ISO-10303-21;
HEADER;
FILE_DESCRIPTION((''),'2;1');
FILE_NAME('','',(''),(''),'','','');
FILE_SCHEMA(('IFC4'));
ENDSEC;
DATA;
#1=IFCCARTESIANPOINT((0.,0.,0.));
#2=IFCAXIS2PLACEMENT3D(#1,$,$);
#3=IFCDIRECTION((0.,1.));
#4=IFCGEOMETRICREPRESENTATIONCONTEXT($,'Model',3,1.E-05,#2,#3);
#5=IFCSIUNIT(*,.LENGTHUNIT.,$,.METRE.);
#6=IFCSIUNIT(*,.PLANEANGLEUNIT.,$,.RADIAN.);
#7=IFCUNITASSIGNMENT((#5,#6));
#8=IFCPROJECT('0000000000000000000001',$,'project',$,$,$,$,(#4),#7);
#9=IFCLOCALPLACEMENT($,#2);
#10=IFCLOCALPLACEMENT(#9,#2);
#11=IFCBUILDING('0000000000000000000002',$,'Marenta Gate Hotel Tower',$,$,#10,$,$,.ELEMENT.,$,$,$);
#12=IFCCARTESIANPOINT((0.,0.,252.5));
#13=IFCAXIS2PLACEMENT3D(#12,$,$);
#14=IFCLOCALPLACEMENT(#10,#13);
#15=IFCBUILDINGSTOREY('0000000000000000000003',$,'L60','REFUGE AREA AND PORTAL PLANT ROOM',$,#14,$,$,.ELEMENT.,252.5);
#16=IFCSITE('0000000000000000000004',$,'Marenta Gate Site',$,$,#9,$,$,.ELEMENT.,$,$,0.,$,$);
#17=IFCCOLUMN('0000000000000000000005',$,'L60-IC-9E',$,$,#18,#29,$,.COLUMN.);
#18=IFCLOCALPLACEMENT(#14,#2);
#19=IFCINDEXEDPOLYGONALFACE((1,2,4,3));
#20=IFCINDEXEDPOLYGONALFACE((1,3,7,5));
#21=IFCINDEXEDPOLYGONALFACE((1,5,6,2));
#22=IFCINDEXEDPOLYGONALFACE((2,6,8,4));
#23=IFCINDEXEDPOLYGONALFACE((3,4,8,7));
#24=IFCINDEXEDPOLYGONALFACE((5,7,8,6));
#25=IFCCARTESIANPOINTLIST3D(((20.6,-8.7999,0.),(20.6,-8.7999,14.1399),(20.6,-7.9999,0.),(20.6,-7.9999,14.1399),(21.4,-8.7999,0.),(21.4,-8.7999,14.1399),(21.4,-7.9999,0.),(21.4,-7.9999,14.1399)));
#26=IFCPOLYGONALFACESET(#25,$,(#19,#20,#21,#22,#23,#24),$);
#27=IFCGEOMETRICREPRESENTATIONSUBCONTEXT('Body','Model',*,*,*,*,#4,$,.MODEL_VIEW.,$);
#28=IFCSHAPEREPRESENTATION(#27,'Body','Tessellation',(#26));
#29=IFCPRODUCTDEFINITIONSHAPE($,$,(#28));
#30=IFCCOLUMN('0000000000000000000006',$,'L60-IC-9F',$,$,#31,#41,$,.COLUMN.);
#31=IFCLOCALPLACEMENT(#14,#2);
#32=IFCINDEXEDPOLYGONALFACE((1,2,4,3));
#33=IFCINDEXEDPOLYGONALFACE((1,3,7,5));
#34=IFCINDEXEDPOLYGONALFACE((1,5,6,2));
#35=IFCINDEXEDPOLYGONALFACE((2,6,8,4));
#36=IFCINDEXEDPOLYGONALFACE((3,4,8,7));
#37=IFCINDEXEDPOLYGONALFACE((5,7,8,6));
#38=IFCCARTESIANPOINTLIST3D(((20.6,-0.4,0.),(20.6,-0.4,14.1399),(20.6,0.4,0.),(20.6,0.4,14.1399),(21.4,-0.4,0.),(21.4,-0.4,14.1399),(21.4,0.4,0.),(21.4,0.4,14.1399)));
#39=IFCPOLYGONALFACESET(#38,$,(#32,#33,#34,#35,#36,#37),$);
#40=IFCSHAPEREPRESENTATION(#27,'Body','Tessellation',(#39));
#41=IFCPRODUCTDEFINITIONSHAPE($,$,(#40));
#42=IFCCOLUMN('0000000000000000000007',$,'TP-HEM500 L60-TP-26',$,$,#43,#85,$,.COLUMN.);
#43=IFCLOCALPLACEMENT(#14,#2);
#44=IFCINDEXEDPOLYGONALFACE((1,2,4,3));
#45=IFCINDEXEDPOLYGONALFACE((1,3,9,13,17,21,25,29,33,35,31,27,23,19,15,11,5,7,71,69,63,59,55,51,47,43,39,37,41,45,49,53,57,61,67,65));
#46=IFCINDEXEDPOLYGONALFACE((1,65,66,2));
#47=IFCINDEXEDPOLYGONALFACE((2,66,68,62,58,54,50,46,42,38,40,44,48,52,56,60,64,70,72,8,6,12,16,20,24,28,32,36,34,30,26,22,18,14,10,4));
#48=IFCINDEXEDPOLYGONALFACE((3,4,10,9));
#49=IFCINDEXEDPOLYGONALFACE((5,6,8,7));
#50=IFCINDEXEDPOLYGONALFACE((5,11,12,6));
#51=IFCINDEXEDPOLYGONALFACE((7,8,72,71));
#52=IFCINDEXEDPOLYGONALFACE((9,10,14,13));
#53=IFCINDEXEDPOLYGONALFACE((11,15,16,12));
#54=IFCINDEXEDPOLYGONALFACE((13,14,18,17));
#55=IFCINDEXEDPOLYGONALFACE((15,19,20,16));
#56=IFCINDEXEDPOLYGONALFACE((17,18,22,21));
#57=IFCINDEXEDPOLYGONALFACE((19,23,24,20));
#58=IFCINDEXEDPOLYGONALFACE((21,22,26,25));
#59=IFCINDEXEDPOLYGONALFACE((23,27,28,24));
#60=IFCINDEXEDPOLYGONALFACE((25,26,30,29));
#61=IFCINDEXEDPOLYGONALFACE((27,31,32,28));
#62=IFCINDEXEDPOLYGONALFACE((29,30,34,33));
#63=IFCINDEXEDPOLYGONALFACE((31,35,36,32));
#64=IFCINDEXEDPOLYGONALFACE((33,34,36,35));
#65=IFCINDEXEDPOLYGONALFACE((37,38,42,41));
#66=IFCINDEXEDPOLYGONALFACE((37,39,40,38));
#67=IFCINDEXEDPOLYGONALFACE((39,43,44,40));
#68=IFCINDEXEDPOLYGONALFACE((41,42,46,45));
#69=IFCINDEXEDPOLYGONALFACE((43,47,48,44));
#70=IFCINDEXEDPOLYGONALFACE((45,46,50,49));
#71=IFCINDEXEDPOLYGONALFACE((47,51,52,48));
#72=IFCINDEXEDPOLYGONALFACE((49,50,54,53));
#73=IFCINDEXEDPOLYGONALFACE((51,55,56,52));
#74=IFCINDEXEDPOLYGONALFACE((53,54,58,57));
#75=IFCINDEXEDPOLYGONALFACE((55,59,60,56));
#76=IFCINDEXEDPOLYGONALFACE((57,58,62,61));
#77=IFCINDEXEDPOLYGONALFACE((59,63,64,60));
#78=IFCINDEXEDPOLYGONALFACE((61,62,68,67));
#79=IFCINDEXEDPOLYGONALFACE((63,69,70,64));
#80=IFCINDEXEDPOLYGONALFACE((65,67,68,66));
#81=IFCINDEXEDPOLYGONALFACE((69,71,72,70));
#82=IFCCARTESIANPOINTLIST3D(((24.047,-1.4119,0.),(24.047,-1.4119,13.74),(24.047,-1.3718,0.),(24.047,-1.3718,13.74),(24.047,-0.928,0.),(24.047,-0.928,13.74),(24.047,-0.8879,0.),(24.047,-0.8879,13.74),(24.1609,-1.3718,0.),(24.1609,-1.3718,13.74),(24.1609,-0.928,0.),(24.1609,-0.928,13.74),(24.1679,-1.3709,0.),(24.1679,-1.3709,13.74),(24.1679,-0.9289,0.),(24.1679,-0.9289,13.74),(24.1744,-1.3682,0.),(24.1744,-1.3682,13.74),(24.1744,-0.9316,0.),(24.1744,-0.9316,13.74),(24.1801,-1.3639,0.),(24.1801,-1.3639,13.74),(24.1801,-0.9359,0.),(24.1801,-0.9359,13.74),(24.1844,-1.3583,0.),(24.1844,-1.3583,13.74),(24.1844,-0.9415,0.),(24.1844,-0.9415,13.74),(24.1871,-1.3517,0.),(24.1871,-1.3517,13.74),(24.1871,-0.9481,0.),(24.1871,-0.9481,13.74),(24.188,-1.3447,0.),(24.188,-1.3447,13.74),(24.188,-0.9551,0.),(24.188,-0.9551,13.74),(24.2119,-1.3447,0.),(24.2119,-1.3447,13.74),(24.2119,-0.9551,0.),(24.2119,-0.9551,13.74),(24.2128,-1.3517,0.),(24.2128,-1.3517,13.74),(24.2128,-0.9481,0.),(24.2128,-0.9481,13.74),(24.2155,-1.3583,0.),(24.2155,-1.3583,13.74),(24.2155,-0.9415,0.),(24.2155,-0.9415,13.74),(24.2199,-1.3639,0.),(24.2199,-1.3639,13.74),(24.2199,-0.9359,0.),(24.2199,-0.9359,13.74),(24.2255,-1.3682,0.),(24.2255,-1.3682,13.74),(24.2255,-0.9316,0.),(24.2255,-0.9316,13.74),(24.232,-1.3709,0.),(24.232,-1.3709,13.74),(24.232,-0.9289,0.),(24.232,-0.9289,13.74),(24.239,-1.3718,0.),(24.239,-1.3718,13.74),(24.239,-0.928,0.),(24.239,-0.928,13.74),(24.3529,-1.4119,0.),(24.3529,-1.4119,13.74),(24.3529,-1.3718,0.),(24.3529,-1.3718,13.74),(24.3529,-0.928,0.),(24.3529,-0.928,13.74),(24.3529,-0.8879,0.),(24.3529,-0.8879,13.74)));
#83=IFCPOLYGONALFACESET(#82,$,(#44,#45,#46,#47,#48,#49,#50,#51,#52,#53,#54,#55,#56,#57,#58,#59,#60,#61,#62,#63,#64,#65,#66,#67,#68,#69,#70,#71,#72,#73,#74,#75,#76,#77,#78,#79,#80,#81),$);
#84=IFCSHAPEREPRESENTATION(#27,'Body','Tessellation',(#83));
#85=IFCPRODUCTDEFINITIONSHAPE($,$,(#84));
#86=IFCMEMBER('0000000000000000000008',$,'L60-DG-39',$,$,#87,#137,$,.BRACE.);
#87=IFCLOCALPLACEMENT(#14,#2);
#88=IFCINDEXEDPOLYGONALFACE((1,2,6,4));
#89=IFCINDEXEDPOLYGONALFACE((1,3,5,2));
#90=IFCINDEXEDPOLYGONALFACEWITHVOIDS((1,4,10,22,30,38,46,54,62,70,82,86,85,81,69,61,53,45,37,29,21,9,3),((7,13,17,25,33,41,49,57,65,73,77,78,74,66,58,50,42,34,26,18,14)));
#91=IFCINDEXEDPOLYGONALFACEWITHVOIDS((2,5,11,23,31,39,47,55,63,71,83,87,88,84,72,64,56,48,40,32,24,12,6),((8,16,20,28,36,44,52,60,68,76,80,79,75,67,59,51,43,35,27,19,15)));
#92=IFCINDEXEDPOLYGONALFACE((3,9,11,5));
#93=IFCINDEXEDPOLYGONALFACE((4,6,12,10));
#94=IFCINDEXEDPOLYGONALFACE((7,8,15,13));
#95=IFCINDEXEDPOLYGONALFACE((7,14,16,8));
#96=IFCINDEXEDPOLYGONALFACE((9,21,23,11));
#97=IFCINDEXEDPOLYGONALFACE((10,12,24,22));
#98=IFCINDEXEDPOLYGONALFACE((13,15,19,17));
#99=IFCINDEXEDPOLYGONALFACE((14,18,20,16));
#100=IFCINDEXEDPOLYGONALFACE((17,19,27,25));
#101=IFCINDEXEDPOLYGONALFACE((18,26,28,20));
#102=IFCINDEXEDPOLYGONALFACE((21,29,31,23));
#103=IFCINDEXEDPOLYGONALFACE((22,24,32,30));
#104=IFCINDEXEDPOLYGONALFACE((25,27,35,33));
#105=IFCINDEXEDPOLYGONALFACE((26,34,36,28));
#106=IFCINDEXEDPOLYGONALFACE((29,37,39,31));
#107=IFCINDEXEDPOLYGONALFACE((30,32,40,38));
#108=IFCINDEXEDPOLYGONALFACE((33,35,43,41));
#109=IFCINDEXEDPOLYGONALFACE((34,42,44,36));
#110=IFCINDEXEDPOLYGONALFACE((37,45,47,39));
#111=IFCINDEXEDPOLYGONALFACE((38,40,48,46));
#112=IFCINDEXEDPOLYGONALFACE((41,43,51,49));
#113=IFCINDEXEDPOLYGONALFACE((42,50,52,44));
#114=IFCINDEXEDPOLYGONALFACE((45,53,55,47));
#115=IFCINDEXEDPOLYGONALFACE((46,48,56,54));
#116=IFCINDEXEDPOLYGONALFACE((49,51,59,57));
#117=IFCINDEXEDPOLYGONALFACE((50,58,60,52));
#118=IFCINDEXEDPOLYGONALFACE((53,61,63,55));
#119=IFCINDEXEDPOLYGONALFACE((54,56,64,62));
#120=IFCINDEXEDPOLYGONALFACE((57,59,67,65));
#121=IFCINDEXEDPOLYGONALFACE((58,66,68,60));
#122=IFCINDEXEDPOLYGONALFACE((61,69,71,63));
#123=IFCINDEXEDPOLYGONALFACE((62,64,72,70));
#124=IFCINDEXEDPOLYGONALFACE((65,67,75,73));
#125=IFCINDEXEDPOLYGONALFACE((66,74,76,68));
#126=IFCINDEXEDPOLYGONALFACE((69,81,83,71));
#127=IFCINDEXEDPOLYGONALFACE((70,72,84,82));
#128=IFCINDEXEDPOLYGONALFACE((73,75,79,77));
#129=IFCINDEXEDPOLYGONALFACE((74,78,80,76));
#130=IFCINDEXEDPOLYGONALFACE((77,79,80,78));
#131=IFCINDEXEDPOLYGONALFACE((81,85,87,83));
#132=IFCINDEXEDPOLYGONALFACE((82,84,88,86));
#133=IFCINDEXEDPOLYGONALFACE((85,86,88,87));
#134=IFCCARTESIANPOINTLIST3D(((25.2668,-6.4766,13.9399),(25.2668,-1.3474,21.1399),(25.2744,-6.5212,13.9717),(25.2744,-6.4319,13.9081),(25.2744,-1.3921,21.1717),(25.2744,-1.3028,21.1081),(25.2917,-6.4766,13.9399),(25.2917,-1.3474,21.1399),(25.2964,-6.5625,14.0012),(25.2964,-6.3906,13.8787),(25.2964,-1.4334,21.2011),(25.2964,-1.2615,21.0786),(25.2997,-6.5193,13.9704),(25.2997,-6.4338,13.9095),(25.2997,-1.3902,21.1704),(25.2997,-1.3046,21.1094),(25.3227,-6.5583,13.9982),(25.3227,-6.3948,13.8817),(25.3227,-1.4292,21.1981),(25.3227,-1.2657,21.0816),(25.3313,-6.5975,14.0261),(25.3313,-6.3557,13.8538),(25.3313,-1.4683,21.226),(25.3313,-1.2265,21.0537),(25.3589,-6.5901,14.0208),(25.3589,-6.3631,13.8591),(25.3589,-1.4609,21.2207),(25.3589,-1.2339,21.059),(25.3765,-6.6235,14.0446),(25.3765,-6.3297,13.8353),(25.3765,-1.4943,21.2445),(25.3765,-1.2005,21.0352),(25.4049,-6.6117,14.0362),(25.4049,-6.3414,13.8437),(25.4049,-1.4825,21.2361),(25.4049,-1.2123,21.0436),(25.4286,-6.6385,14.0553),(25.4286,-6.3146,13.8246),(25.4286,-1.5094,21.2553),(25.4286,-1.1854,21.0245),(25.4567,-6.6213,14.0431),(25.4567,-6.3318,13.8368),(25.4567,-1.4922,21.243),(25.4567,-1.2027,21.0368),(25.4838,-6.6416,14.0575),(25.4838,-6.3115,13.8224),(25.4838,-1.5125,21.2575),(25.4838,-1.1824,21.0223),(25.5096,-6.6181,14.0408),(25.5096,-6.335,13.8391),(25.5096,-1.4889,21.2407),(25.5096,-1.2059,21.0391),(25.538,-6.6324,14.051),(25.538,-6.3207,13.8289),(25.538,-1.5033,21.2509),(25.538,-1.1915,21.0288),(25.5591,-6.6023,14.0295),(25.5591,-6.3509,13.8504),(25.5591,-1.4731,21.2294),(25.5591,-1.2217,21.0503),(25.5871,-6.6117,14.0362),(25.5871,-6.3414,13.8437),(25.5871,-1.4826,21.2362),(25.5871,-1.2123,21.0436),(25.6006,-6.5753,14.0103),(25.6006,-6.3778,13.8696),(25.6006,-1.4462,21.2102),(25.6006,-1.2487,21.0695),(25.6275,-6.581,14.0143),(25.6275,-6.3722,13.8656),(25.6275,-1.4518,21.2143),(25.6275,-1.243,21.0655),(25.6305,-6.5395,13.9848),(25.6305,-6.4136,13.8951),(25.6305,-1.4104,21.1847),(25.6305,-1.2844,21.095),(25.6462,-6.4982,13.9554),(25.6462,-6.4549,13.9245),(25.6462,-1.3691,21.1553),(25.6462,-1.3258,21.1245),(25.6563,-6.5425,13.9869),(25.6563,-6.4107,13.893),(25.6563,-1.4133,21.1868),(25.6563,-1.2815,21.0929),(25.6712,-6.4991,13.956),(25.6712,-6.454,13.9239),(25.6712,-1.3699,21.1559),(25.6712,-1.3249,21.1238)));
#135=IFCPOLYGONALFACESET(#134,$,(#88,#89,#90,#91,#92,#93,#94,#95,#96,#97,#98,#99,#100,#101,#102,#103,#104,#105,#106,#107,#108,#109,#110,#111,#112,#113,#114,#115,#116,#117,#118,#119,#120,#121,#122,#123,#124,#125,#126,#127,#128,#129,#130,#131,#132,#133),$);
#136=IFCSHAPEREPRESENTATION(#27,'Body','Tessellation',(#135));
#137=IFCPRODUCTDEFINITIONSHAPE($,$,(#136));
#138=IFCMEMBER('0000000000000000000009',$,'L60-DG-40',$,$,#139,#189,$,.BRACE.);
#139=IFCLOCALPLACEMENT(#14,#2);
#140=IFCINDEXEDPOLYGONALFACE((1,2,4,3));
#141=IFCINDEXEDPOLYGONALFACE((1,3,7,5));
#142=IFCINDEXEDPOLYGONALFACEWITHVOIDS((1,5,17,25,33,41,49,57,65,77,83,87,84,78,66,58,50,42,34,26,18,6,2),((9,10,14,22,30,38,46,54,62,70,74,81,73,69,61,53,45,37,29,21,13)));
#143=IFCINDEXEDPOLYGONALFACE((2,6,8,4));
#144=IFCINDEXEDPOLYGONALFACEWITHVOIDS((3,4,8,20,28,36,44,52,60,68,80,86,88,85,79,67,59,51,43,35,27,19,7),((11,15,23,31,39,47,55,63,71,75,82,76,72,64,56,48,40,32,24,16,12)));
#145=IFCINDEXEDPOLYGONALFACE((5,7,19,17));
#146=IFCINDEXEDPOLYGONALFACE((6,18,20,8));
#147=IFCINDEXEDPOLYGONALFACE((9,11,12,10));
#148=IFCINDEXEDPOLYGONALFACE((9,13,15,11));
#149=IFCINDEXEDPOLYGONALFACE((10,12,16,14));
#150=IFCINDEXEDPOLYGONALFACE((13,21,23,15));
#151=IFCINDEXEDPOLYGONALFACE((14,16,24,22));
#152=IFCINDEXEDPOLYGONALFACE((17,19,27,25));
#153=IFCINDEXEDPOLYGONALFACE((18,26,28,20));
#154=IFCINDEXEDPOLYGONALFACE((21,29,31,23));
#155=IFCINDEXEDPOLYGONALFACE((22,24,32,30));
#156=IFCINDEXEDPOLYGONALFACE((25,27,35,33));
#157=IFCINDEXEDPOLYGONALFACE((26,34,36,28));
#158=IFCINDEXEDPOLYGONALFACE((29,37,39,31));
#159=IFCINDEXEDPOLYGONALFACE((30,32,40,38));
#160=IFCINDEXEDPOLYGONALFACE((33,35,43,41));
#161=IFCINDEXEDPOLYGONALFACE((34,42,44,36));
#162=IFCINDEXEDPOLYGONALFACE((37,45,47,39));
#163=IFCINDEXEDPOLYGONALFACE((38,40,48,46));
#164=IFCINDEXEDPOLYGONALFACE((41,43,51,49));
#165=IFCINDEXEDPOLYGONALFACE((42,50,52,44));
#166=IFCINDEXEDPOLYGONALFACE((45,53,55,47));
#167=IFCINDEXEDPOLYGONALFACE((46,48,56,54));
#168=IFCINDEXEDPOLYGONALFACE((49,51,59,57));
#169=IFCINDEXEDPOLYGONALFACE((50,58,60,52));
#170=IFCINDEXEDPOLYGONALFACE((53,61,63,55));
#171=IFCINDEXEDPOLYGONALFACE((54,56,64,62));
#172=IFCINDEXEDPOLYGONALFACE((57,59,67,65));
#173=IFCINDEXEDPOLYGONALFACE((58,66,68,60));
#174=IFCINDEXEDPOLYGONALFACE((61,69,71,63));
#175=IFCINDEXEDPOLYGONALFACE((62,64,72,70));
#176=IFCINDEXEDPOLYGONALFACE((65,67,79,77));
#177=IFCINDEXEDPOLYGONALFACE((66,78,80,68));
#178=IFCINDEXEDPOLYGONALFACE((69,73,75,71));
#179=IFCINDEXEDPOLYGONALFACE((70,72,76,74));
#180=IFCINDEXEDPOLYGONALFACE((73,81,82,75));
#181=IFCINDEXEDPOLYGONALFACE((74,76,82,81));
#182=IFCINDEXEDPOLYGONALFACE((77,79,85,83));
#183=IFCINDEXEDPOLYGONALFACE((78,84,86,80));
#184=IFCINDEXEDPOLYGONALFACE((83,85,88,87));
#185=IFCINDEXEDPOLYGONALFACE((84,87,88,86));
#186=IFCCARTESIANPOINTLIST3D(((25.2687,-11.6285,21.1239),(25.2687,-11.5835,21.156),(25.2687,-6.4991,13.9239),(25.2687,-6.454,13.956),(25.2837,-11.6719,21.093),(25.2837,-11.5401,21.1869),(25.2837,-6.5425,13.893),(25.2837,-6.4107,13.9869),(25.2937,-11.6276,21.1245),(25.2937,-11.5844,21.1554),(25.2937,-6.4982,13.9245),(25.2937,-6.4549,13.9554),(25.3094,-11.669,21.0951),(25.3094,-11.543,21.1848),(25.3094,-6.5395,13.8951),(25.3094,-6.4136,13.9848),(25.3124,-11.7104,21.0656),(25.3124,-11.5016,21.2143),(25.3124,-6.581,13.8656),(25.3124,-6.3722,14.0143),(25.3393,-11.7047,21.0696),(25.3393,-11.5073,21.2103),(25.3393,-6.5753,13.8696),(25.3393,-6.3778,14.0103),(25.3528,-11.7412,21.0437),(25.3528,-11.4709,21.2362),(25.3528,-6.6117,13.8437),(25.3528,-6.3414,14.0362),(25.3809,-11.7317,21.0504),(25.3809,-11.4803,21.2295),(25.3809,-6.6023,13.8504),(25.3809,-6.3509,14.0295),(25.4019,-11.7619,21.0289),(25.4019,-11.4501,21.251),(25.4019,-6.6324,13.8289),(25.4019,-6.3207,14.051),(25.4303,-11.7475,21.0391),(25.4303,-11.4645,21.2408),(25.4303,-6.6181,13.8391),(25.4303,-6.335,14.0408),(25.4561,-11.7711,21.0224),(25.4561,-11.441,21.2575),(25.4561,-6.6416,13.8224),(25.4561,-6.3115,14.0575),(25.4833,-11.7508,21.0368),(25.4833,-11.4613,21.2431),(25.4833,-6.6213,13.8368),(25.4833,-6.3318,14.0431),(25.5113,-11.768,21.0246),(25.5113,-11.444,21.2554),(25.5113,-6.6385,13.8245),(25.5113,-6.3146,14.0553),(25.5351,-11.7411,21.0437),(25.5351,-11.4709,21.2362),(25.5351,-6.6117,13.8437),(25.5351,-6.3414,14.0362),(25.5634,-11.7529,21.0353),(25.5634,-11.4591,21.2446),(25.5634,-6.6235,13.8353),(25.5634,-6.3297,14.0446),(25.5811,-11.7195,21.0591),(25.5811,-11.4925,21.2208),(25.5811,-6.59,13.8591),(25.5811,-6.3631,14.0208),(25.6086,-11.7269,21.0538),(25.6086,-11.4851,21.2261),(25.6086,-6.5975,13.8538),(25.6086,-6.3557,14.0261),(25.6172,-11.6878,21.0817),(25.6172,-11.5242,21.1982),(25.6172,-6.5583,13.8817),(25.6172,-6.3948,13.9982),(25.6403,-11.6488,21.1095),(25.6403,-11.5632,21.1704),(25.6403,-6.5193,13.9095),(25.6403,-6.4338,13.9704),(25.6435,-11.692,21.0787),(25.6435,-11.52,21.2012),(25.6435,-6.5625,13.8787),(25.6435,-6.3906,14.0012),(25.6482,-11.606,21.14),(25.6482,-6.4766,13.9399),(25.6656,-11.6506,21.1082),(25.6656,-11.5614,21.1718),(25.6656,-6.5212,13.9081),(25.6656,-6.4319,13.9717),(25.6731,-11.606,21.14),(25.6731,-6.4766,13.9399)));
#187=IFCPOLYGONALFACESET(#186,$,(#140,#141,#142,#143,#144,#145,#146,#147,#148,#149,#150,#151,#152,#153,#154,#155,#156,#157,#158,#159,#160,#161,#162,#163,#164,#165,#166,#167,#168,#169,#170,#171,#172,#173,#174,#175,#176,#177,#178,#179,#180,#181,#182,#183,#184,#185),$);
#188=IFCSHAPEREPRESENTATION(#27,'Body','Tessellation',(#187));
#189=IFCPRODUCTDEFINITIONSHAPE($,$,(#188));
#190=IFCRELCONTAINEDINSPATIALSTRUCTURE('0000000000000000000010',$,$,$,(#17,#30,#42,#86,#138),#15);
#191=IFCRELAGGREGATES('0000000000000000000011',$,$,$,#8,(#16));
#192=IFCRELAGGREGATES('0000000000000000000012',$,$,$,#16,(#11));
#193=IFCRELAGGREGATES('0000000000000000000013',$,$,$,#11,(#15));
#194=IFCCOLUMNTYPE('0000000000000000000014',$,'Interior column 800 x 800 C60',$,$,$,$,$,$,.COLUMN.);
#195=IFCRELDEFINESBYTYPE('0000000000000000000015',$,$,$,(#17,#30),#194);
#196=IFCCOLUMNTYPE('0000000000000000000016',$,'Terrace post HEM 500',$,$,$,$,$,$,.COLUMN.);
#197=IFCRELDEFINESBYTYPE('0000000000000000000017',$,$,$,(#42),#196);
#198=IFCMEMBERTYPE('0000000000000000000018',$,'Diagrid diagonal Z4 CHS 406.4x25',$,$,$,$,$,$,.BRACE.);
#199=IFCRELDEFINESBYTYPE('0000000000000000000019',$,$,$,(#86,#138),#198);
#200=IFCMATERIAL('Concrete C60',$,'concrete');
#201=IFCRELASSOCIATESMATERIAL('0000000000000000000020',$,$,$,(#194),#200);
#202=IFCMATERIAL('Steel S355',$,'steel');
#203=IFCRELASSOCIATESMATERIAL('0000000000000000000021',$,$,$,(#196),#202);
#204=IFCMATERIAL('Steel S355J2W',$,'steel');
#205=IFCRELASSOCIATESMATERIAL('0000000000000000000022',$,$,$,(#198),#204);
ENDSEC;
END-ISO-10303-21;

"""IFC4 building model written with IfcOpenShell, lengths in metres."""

from ifc_helpers import new_model, si_unit, direction, frame, origin, origin_2d, place, context, subcontext, project, spatial, rectangle, hollow_circle, i_section, extrude, material, material_profile, profile_set, type_object, element, save


model = new_model("IFC4")

# Units and contexts
model_context = context("Model", 3, precision=1e-05, world=origin(), true_north=direction((0.0, 1.0)))
body_context = subcontext(model_context, "Body", "Model", "MODEL_VIEW")
ifc_project = project(units=[si_unit("LENGTHUNIT", "METRE"), si_unit("PLANEANGLEUNIT", "RADIAN")], contexts=[model_context])

# Site, building, storey
site_placement = place(None, origin())
site = spatial("IfcSite", under=ifc_project, at=site_placement, Name="Marenta Gate Site", CompositionType="ELEMENT", RefElevation=0.0)
building_placement = place(site_placement, origin())
building = spatial("IfcBuilding", under=site, at=building_placement, Name="Marenta Gate Hotel Tower", CompositionType="ELEMENT")
storey_placement = place(building_placement, frame((0.0, 0.0, 252.5)))
storey = spatial("IfcBuildingStorey", under=building, at=storey_placement, Name="L60", Description="REFUGE AREA AND PORTAL PLANT ROOM", CompositionType="ELEMENT", Elevation=252.5)

# Columns
ifc_material_1 = material(Name="Concrete C60", Category="concrete")
ifc_material_profile_1 = material_profile(ifc_material_1, rectangle(XDim=0.8, YDim=0.8, at=origin_2d()), Name="800 x 800")
ifc_profile_set_1 = profile_set([ifc_material_profile_1], Name="Concrete C60")
column_type_1 = type_object("IfcColumnType", Name="Interior column 800 x 800 C60", PredefinedType="COLUMN", material=ifc_profile_set_1)
for number, where, z_axis, x_axis, name in (
    (1, (21.0, -8.3999, 0.0), (0.0, 0.0, 1.0), (1.0, 0.0, 0.0), "L60-IC-9E"),
    (2, (21.0, 0.0, 0.0), (0.0, 0.0, 1.0), (1.0, 0.0, 0.0), "L60-IC-9F"),
):
    element("IfcColumn", number, at=place(storey_placement, frame(where, z_axis=z_axis, x_axis=x_axis)), inside=storey, type_object=column_type_1, Name=name, PredefinedType="COLUMN", context=body_context, shape_type="SweptSolid", body=[
        extrude(rectangle(XDim=0.8, YDim=0.8, at=origin_2d()), origin(), (0.0, 0.0, 1.0), 14.1399),
    ])
ifc_material_2 = material(Name="Steel S355", Category="steel")
ifc_material_profile_2 = material_profile(ifc_material_2, i_section(OverallWidth=0.3059, OverallDepth=0.5239, WebThickness=0.0239, FlangeThickness=0.04, FilletRadius=0.0271, at=origin_2d()), Name="HEM 500")
ifc_profile_set_2 = profile_set([ifc_material_profile_2], Name="Steel S355")
column_type_2 = type_object("IfcColumnType", Name="Terrace post HEM 500", PredefinedType="COLUMN", material=ifc_profile_set_2)
column_placement = place(storey_placement, frame((24.2, -1.1499, 0.0), z_axis=(0.0, 0.0, 1.0), x_axis=(1.0, 0.0, 0.0)))
element("IfcColumn", 3, at=column_placement, inside=storey, type_object=column_type_2, Name="TP-HEM500 L60-TP-26", PredefinedType="COLUMN", context=body_context, shape_type="SweptSolid", body=[
    extrude(i_section(OverallWidth=0.3059, OverallDepth=0.5239, WebThickness=0.0239, FlangeThickness=0.04, FilletRadius=0.0271, at=origin_2d()), origin(), (0.0, 0.0, 1.0), 13.74),
])

# Members
ifc_material_3 = material(Name="Steel S355J2W", Category="steel")
ifc_material_profile_3 = material_profile(ifc_material_3, hollow_circle(Radius=0.2031, WallThickness=0.0249, at=origin_2d()), Name="CHS 406.4x25")
ifc_profile_set_3 = profile_set([ifc_material_profile_3], Name="Steel S355J2W")
member_type_1 = type_object("IfcMemberType", Name="Diagrid diagonal Z4 CHS 406.4x25", PredefinedType="BRACE", material=ifc_profile_set_3)
member_1_placement = place(storey_placement, frame((25.47, -6.4766, 13.9399), z_axis=(0.0, 0.580214, 0.814464), x_axis=(-1.0, 0.0, 0.0)))
element("IfcMember", 4, at=member_1_placement, inside=storey, type_object=member_type_1, Name="L60-DG-39", PredefinedType="BRACE", context=body_context, shape_type="SweptSolid", body=[
    extrude(hollow_circle(Radius=0.2031, WallThickness=0.0249, at=origin_2d()), origin(), (0.0, 0.0, 1.0), 8.8401),
])
member_2_placement = place(storey_placement, frame((25.47, -6.4766, 13.9399), z_axis=(0.0, -0.580232, 0.814451), x_axis=(1.0, 0.0, 0.0)))
element("IfcMember", 5, at=member_2_placement, inside=storey, type_object=member_type_1, Name="L60-DG-40", PredefinedType="BRACE", context=body_context, shape_type="SweptSolid", body=[
    extrude(hollow_circle(Radius=0.2031, WallThickness=0.0249, at=origin_2d()), origin(), (0.0, 0.0, 1.0), 8.8403),
])

save(model, "model.ifc")
